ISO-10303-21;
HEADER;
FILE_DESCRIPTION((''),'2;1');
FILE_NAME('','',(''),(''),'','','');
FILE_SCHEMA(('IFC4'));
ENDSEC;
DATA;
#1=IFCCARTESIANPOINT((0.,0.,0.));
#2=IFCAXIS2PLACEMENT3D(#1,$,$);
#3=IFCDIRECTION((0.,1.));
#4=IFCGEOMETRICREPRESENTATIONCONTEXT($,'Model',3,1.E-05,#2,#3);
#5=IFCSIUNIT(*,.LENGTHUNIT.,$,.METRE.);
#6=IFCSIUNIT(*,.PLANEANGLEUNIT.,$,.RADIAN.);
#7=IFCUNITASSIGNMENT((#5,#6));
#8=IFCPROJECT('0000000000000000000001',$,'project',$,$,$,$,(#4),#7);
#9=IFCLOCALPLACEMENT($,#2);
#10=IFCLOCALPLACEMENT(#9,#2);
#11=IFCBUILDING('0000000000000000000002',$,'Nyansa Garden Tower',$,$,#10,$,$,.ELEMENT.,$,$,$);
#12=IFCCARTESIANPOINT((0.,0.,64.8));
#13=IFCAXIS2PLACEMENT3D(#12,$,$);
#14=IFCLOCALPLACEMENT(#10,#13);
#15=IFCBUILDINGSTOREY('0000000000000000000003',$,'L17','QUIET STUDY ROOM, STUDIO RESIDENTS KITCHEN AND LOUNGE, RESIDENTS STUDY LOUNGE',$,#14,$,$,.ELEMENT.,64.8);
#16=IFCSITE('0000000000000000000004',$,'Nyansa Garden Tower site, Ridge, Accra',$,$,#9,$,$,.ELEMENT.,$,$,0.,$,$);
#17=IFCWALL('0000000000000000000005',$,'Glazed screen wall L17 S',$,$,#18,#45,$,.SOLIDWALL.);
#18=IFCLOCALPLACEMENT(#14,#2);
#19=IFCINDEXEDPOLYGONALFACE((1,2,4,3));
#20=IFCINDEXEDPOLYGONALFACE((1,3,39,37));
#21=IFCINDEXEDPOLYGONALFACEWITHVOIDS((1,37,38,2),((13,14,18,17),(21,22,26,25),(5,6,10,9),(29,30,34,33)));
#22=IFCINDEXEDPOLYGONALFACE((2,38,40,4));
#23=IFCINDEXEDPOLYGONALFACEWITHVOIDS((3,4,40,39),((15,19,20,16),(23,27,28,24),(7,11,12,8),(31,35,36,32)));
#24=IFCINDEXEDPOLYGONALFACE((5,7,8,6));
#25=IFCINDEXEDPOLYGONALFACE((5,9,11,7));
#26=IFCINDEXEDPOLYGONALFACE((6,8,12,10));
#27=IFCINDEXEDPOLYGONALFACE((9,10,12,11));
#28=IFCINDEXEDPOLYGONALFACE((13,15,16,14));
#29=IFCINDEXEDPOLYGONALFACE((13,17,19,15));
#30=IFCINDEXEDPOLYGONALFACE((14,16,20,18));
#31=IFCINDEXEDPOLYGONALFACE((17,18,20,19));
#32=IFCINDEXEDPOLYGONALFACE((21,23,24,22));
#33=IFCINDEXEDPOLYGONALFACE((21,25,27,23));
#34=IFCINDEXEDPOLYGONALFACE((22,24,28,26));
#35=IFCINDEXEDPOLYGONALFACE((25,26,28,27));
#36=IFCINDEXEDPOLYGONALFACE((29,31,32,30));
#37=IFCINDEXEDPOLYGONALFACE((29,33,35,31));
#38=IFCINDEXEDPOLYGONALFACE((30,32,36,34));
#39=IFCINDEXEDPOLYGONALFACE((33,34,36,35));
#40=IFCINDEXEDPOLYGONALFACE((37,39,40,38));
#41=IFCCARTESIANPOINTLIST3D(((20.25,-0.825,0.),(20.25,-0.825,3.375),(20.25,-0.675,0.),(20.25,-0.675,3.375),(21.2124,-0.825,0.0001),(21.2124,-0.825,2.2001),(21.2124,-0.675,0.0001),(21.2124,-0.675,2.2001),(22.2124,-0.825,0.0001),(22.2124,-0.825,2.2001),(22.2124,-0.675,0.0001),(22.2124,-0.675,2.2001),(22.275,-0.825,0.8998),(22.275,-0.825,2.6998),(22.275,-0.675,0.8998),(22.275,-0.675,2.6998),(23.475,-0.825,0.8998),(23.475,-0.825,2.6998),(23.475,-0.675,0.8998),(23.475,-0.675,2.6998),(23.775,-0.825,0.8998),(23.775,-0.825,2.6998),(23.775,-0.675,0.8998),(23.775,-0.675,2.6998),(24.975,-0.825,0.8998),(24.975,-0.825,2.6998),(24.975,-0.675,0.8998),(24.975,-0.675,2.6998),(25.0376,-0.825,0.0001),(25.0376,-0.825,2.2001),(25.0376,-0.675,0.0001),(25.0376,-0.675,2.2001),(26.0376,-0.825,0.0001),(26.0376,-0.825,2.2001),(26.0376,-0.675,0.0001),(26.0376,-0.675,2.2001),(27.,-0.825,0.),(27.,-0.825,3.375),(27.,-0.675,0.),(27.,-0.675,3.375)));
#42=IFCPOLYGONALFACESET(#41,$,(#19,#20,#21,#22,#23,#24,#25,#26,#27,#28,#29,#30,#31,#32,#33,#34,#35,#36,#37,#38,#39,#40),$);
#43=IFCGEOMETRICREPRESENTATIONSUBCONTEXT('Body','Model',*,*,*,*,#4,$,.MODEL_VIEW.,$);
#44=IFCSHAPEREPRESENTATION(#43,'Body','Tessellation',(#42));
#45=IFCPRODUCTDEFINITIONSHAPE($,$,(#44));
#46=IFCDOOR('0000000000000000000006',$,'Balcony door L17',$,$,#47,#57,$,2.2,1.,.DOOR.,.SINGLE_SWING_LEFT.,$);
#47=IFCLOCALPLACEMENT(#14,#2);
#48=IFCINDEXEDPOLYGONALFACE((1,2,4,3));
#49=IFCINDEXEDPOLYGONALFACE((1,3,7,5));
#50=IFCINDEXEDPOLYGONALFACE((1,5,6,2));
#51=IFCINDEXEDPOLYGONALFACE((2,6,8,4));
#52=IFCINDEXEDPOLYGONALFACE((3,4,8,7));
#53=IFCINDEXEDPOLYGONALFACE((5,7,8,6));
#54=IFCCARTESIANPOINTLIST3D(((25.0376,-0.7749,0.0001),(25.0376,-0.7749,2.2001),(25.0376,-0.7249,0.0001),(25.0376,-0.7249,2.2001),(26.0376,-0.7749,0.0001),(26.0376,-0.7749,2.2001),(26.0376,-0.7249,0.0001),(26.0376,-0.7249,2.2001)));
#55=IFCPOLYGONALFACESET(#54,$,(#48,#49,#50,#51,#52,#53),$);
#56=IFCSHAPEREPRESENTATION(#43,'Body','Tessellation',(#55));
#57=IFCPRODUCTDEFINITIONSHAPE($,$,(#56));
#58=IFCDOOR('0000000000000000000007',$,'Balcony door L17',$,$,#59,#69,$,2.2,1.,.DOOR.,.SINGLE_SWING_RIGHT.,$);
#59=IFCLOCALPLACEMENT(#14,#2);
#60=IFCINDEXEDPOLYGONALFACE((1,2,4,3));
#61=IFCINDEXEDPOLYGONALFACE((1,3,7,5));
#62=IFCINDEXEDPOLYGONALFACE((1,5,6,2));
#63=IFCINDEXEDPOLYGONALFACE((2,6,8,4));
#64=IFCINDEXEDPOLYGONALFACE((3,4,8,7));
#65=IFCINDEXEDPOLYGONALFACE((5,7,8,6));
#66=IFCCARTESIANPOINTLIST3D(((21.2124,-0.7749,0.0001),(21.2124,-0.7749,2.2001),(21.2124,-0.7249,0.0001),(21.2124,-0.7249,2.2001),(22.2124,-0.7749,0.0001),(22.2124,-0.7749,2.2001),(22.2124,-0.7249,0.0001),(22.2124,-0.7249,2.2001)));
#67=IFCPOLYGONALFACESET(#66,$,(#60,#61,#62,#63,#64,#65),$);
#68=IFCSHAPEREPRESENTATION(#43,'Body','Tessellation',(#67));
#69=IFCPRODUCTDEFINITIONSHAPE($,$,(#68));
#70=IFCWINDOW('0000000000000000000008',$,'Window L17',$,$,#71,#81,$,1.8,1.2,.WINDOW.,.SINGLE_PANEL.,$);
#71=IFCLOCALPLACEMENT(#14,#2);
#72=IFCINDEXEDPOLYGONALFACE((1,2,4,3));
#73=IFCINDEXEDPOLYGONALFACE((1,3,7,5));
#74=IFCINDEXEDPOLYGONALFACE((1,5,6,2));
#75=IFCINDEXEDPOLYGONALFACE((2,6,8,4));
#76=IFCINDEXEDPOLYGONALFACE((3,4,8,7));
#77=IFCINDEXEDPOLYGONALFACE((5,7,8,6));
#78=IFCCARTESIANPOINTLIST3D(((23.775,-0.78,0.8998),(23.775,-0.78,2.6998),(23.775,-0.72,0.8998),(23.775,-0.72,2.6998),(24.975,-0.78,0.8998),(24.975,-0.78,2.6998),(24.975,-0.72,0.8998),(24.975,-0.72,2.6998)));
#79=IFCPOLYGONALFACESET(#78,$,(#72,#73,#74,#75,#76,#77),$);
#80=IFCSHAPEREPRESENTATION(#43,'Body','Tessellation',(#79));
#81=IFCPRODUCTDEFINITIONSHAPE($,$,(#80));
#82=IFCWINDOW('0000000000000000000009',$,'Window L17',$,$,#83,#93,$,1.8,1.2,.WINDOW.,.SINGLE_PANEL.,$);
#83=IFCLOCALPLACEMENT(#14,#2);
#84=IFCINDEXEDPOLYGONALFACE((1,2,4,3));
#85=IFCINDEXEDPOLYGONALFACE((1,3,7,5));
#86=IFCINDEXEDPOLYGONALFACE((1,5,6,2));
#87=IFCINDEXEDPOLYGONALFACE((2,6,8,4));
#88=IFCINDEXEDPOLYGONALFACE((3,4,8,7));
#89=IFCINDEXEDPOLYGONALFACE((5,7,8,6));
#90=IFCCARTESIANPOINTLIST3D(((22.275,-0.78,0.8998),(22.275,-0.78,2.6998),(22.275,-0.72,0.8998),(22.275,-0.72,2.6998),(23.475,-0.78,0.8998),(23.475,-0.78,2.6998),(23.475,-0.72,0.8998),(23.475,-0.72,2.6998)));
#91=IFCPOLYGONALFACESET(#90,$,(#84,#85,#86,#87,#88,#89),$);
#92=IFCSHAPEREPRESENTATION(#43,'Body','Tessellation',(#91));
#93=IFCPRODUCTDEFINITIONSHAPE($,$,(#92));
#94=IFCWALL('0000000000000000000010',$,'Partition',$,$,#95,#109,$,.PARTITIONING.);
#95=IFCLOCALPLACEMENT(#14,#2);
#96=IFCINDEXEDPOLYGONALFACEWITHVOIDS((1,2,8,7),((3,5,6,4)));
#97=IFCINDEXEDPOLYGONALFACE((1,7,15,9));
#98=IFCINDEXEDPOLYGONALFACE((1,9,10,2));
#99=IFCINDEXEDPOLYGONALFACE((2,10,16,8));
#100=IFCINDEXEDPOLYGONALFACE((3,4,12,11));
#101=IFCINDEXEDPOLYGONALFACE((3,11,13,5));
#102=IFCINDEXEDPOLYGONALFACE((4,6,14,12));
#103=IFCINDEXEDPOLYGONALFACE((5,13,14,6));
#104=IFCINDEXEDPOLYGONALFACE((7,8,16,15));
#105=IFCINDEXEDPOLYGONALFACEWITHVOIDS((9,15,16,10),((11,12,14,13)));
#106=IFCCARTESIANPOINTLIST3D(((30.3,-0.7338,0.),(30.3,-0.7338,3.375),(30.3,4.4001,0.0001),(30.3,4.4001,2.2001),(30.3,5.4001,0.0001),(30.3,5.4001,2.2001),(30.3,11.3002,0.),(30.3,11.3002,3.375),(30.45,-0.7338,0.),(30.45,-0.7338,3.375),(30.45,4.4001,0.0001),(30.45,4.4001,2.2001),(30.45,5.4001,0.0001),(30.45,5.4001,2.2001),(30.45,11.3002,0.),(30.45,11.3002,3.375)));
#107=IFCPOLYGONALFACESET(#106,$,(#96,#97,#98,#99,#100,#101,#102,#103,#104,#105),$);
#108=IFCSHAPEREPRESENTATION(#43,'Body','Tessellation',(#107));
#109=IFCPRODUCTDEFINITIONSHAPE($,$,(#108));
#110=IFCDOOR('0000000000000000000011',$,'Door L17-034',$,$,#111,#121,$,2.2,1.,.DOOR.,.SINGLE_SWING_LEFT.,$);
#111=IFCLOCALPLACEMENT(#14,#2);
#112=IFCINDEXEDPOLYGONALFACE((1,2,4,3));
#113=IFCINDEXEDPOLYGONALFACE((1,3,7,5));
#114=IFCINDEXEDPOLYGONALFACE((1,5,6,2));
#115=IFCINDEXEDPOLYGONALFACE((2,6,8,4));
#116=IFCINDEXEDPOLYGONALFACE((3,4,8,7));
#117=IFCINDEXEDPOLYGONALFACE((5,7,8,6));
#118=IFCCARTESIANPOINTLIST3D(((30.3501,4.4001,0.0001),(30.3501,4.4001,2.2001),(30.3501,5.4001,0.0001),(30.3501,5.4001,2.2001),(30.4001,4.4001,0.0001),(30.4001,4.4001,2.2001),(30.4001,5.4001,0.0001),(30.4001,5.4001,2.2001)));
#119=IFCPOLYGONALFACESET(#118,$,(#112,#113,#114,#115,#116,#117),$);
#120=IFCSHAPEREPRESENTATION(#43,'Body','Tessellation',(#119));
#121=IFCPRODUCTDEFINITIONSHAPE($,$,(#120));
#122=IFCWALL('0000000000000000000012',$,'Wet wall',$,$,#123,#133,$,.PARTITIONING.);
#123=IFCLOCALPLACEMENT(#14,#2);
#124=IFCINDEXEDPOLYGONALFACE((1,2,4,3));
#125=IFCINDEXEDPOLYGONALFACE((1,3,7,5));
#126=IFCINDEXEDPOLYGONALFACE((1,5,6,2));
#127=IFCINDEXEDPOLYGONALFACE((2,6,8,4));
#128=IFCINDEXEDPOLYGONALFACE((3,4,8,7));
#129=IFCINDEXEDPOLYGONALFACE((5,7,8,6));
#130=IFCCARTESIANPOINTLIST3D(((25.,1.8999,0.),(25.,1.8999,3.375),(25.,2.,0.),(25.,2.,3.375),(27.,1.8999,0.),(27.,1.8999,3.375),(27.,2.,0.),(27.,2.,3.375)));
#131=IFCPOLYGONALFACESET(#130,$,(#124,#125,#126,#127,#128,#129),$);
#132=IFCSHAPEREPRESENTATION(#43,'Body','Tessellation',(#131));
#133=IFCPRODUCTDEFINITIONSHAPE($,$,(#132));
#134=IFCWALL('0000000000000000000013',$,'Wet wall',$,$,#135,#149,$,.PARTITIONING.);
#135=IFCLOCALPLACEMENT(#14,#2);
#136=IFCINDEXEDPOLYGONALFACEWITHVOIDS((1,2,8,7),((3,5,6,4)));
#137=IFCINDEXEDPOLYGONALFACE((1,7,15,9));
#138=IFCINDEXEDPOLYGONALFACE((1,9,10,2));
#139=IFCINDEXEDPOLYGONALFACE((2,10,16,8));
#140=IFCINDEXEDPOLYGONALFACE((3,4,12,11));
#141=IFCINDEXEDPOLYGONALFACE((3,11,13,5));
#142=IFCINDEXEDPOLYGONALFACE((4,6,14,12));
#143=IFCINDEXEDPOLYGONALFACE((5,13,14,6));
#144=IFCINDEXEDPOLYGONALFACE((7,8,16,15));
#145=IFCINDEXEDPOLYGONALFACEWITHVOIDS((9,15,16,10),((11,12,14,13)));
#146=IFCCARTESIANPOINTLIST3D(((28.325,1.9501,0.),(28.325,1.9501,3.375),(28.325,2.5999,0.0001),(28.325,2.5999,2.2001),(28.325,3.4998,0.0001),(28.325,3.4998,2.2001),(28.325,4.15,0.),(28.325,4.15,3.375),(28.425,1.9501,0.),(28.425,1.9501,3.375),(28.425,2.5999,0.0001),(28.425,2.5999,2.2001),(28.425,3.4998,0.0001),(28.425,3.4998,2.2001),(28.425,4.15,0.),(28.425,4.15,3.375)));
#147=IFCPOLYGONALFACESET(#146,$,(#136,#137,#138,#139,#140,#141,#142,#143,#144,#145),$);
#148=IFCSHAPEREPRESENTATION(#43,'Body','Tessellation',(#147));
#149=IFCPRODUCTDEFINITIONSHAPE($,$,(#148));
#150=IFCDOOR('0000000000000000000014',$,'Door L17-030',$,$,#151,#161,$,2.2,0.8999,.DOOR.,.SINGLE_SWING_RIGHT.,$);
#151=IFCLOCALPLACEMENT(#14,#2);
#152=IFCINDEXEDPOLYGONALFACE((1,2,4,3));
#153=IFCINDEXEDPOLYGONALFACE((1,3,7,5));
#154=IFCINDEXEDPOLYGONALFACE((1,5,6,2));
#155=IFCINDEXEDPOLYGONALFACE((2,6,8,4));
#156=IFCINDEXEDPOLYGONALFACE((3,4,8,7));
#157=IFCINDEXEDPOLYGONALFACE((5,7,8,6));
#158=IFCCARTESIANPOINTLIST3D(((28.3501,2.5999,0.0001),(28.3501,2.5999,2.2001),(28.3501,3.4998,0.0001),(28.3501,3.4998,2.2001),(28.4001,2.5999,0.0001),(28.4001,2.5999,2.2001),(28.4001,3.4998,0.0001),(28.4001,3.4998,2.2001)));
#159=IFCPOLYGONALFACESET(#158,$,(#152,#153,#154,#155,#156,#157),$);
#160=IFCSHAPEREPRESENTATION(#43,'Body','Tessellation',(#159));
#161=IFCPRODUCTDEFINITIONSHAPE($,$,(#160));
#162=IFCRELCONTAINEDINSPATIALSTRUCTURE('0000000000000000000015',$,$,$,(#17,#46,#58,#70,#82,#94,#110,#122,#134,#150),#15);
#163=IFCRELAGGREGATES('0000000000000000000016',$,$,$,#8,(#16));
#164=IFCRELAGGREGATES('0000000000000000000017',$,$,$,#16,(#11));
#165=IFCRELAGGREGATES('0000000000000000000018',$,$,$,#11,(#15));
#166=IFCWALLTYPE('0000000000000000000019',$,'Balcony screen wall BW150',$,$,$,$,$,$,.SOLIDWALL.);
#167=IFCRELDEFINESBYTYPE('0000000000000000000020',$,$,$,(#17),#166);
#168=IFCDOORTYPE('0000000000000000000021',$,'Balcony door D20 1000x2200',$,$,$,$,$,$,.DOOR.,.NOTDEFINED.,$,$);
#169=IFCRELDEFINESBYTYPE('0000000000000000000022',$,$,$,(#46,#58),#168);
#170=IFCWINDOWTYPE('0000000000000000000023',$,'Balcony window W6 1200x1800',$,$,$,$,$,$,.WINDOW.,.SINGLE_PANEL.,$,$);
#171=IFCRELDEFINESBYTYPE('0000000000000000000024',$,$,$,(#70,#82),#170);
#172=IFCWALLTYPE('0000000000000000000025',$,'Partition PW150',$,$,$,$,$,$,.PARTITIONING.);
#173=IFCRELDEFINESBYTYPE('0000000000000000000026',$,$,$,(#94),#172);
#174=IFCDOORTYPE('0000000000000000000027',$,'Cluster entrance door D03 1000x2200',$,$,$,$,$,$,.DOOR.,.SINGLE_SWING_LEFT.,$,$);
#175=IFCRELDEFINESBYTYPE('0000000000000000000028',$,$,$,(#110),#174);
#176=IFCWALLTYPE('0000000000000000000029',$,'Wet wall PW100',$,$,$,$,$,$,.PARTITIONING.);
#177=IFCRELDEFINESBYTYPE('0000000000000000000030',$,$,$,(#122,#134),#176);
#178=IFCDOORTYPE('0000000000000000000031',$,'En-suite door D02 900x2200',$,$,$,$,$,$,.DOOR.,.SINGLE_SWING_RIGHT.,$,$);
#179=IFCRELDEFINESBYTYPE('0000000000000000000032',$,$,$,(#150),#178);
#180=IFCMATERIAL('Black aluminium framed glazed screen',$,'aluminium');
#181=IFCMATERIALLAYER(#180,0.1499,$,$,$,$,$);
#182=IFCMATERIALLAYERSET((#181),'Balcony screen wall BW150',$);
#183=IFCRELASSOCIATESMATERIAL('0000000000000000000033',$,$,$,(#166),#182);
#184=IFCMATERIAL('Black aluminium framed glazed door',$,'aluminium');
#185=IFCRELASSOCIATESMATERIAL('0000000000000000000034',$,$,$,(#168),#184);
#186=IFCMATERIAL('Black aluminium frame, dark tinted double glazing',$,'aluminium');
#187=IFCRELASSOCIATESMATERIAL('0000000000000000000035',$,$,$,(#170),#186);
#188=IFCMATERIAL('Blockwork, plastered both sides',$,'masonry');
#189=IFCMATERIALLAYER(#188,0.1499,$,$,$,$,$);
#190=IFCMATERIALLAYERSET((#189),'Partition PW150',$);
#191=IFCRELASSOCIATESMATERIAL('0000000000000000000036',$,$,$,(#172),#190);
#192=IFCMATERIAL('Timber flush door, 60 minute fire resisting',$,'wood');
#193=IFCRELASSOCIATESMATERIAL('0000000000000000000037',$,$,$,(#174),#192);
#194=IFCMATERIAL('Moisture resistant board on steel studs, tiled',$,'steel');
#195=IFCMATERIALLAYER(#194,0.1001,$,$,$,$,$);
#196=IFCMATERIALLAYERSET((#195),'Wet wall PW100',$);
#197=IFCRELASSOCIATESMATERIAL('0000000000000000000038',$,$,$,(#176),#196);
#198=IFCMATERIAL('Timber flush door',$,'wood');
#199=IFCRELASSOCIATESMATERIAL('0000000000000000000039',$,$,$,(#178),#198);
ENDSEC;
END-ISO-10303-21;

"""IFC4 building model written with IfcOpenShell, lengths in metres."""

from ifc_helpers import new_model, si_unit, direction, frame, frame_2d, origin, place, context, subcontext, project, spatial, rectangle, extrude, material, layer, layer_set, type_object, element, fill, save


model = new_model("IFC4")

# Units and contexts
model_context = context("Model", 3, precision=1e-05, world=origin(), true_north=direction((0.0, 1.0)))
body_context = subcontext(model_context, "Body", "Model", "MODEL_VIEW")
ifc_project = project(units=[si_unit("LENGTHUNIT", "METRE"), si_unit("PLANEANGLEUNIT", "RADIAN")], contexts=[model_context])

# Site, building, storey
site_placement = place(None, origin())
site = spatial("IfcSite", under=ifc_project, at=site_placement, Name="Nyansa Garden Tower site, Ridge, Accra", CompositionType="ELEMENT", RefElevation=0.0)
building_placement = place(site_placement, origin())
building = spatial("IfcBuilding", under=site, at=building_placement, Name="Nyansa Garden Tower", CompositionType="ELEMENT")
storey_placement = place(building_placement, frame((0.0, 0.0, 64.8)))
storey = spatial("IfcBuildingStorey", under=building, at=storey_placement, Name="L17", Description="QUIET STUDY ROOM, STUDIO RESIDENTS KITCHEN AND LOUNGE, RESIDENTS STUDY LOUNGE", CompositionType="ELEMENT", Elevation=64.8)

# Wall, openings, doors, windows
ifc_material_1 = material(Name="Black aluminium framed glazed screen", Category="aluminium")
ifc_layer_1 = layer(ifc_material_1, 0.1499)
ifc_layer_set_1 = layer_set([ifc_layer_1], Name="Balcony screen wall BW150")
wall_type_1 = type_object("IfcWallType", Name="Balcony screen wall BW150", PredefinedType="SOLIDWALL", material=ifc_layer_set_1)
wall_1_placement = place(storey_placement, frame((27.0, -0.75, 0.0), z_axis=(0.0, 0.0, 1.0), x_axis=(-1.0, 0.0, 0.0)))
wall_1 = element("IfcWall", 1, at=wall_1_placement, inside=storey, type_object=wall_type_1, Name="Glazed screen wall L17 S", PredefinedType="SOLIDWALL", context=body_context, shape_type="SweptSolid", body=[
    extrude(rectangle(XDim=6.75, YDim=0.1499, at=frame_2d((3.375, 0.0))), origin(), (0.0, 0.0, 1.0), 3.375),
])
opening_1_placement = place(wall_1_placement, frame((0.9624, 0.0, 0.0)))
opening_1 = element("IfcOpeningElement", 2, at=opening_1_placement, cuts=wall_1, PredefinedType="OPENING", context=body_context, shape_type="SweptSolid", body=[
    extrude(rectangle(XDim=1.0, YDim=2.2, at=frame_2d((0.5, 1.1001))), frame((0.0, 0.085, 0.0), z_axis=(0.0, -1.0, 0.0), x_axis=(1.0, 0.0, 0.0)), (0.0, 0.0, 1.0), 0.1699),
])
opening_2_placement = place(wall_1_placement, frame((2.0249, 0.0, 0.8999)))
opening_2 = element("IfcOpeningElement", 3, at=opening_2_placement, cuts=wall_1, PredefinedType="OPENING", context=body_context, shape_type="SweptSolid", body=[
    extrude(rectangle(XDim=1.2, YDim=1.8, at=frame_2d((0.6001, 0.8999))), frame((0.0, 0.085, 0.0), z_axis=(0.0, -1.0, 0.0), x_axis=(1.0, 0.0, 0.0)), (0.0, 0.0, 1.0), 0.1699),
])
opening_3_placement = place(wall_1_placement, frame((4.7876, 0.0, 0.0)))
opening_3 = element("IfcOpeningElement", 4, at=opening_3_placement, cuts=wall_1, PredefinedType="OPENING", context=body_context, shape_type="SweptSolid", body=[
    extrude(rectangle(XDim=1.0, YDim=2.2, at=frame_2d((0.5, 1.1001))), frame((0.0, 0.085, 0.0), z_axis=(0.0, -1.0, 0.0), x_axis=(1.0, 0.0, 0.0)), (0.0, 0.0, 1.0), 0.1699),
])
opening_4_placement = place(wall_1_placement, frame((3.5249, 0.0, 0.8999)))
opening_4 = element("IfcOpeningElement", 5, at=opening_4_placement, cuts=wall_1, PredefinedType="OPENING", context=body_context, shape_type="SweptSolid", body=[
    extrude(rectangle(XDim=1.2, YDim=1.8, at=frame_2d((0.6001, 0.8999))), frame((0.0, 0.085, 0.0), z_axis=(0.0, -1.0, 0.0), x_axis=(1.0, 0.0, 0.0)), (0.0, 0.0, 1.0), 0.1699),
])
ifc_material_2 = material(Name="Black aluminium framed glazed door", Category="aluminium")
door_type_1 = type_object("IfcDoorType", Name="Balcony door D20 1000x2200", OperationType="NOTDEFINED", PredefinedType="DOOR", material=ifc_material_2)
door_1_placement = place(opening_1_placement, origin())
door_1 = element("IfcDoor", 6, at=door_1_placement, inside=storey, type_object=door_type_1, Name="Balcony door L17", OperationType="SINGLE_SWING_LEFT", OverallHeight=2.2, OverallWidth=1.0, PredefinedType="DOOR", context=body_context, shape_type="SweptSolid", body=[
    extrude(rectangle(XDim=1.0, YDim=2.2, at=frame_2d((0.5, 1.1001))), frame((0.0, 0.0249, 0.0), z_axis=(0.0, -1.0, 0.0), x_axis=(1.0, 0.0, 0.0)), (0.0, 0.0, 1.0), 0.05),
])
fill(opening_1, door_1)
door_2_placement = place(opening_3_placement, origin())
door_2 = element("IfcDoor", 7, at=door_2_placement, inside=storey, type_object=door_type_1, Name="Balcony door L17", OperationType="SINGLE_SWING_RIGHT", OverallHeight=2.2, OverallWidth=1.0, PredefinedType="DOOR", context=body_context, shape_type="SweptSolid", body=[
    extrude(rectangle(XDim=1.0, YDim=2.2, at=frame_2d((0.5, 1.1001))), frame((0.0, 0.0249, 0.0), z_axis=(0.0, -1.0, 0.0), x_axis=(1.0, 0.0, 0.0)), (0.0, 0.0, 1.0), 0.05),
])
fill(opening_3, door_2)
ifc_material_3 = material(Name="Black aluminium frame, dark tinted double glazing", Category="aluminium")
window_type = type_object("IfcWindowType", Name="Balcony window W6 1200x1800", PartitioningType="SINGLE_PANEL", PredefinedType="WINDOW", material=ifc_material_3)
window_1_placement = place(opening_2_placement, origin())
window_1 = element("IfcWindow", 8, at=window_1_placement, inside=storey, type_object=window_type, Name="Window L17", OverallHeight=1.8, OverallWidth=1.2, PartitioningType="SINGLE_PANEL", PredefinedType="WINDOW", context=body_context, shape_type="SweptSolid", body=[
    extrude(rectangle(XDim=1.2, YDim=1.8, at=frame_2d((0.6001, 0.8999))), frame((0.0, 0.03, 0.0), z_axis=(0.0, -1.0, 0.0), x_axis=(1.0, 0.0, 0.0)), (0.0, 0.0, 1.0), 0.0601),
])
fill(opening_2, window_1)
window_2_placement = place(opening_4_placement, origin())
window_2 = element("IfcWindow", 9, at=window_2_placement, inside=storey, type_object=window_type, Name="Window L17", OverallHeight=1.8, OverallWidth=1.2, PartitioningType="SINGLE_PANEL", PredefinedType="WINDOW", context=body_context, shape_type="SweptSolid", body=[
    extrude(rectangle(XDim=1.2, YDim=1.8, at=frame_2d((0.6001, 0.8999))), frame((0.0, 0.03, 0.0), z_axis=(0.0, -1.0, 0.0), x_axis=(1.0, 0.0, 0.0)), (0.0, 0.0, 1.0), 0.0601),
])
fill(opening_4, window_2)

# Wall, opening, door
ifc_material_4 = material(Name="Blockwork, plastered both sides", Category="masonry")
ifc_layer_2 = layer(ifc_material_4, 0.1499)
ifc_layer_set_2 = layer_set([ifc_layer_2], Name="Partition PW150")
wall_type_2 = type_object("IfcWallType", Name="Partition PW150", PredefinedType="PARTITIONING", material=ifc_layer_set_2)
wall_2_placement = place(storey_placement, frame((30.375, -0.7339, 0.0), z_axis=(0.0, 0.0, 1.0), x_axis=(0.0, 1.0, 0.0)))
wall_2 = element("IfcWall", 10, at=wall_2_placement, inside=storey, type_object=wall_type_2, Name="Partition", PredefinedType="PARTITIONING", context=body_context, shape_type="SweptSolid", body=[
    extrude(rectangle(XDim=12.0339, YDim=0.1499, at=frame_2d((6.0171, 0.0))), origin(), (0.0, 0.0, 1.0), 3.375),
])
opening_5_placement = place(wall_2_placement, frame((5.134, 0.0, 0.0)))
opening_5 = element("IfcOpeningElement", 11, at=opening_5_placement, cuts=wall_2, PredefinedType="OPENING", context=body_context, shape_type="SweptSolid", body=[
    extrude(rectangle(XDim=1.0, YDim=2.2, at=frame_2d((0.5, 1.1001))), frame((0.0, 0.085, 0.0), z_axis=(0.0, -1.0, 0.0), x_axis=(1.0, 0.0, 0.0)), (0.0, 0.0, 1.0), 0.1699),
])
ifc_material_5 = material(Name="Timber flush door, 60 minute fire resisting", Category="wood")
door_type_2 = type_object("IfcDoorType", Name="Cluster entrance door D03 1000x2200", OperationType="SINGLE_SWING_LEFT", PredefinedType="DOOR", material=ifc_material_5)
door_3_placement = place(opening_5_placement, origin())
door_3 = element("IfcDoor", 12, at=door_3_placement, inside=storey, type_object=door_type_2, Name="Door L17-034", OperationType="SINGLE_SWING_LEFT", OverallHeight=2.2, OverallWidth=1.0, PredefinedType="DOOR", context=body_context, shape_type="SweptSolid", body=[
    extrude(rectangle(XDim=1.0, YDim=2.2, at=frame_2d((0.5, 1.1001))), frame((0.0, 0.0249, 0.0), z_axis=(0.0, -1.0, 0.0), x_axis=(1.0, 0.0, 0.0)), (0.0, 0.0, 1.0), 0.05),
])
fill(opening_5, door_3)

# Wall
ifc_material_6 = material(Name="Moisture resistant board on steel studs, tiled", Category="steel")
ifc_layer_3 = layer(ifc_material_6, 0.1001)
ifc_layer_set_3 = layer_set([ifc_layer_3], Name="Wet wall PW100")
wall_type_3 = type_object("IfcWallType", Name="Wet wall PW100", PredefinedType="PARTITIONING", material=ifc_layer_set_3)
wall_3_placement = place(storey_placement, frame((25.0, 1.95, 0.0), z_axis=(0.0, 0.0, 1.0), x_axis=(1.0, 0.0, 0.0)))
element("IfcWall", 13, at=wall_3_placement, inside=storey, type_object=wall_type_3, Name="Wet wall", PredefinedType="PARTITIONING", context=body_context, shape_type="SweptSolid", body=[
    extrude(rectangle(XDim=2.0, YDim=0.1001, at=frame_2d((1.0, 0.0))), origin(), (0.0, 0.0, 1.0), 3.375),
])

# Wall, opening, door
wall_4_placement = place(storey_placement, frame((28.375, 1.95, 0.0), z_axis=(0.0, 0.0, 1.0), x_axis=(0.0, 1.0, 0.0)))
wall_4 = element("IfcWall", 14, at=wall_4_placement, inside=storey, type_object=wall_type_3, Name="Wet wall", PredefinedType="PARTITIONING", context=body_context, shape_type="SweptSolid", body=[
    extrude(rectangle(XDim=2.2, YDim=0.1001, at=frame_2d((1.1001, 0.0))), origin(), (0.0, 0.0, 1.0), 3.375),
])
opening_6_placement = place(wall_4_placement, frame((0.6499, 0.0, 0.0)))
opening_6 = element("IfcOpeningElement", 15, at=opening_6_placement, cuts=wall_4, PredefinedType="OPENING", context=body_context, shape_type="SweptSolid", body=[
    extrude(rectangle(XDim=0.8999, YDim=2.2, at=frame_2d((0.45, 1.1001))), frame((0.0, 0.0601, 0.0), z_axis=(0.0, -1.0, 0.0), x_axis=(1.0, 0.0, 0.0)), (0.0, 0.0, 1.0), 0.1201),
])
ifc_material_7 = material(Name="Timber flush door", Category="wood")
door_type_3 = type_object("IfcDoorType", Name="En-suite door D02 900x2200", OperationType="SINGLE_SWING_RIGHT", PredefinedType="DOOR", material=ifc_material_7)
door_4_placement = place(opening_6_placement, origin())
door_4 = element("IfcDoor", 16, at=door_4_placement, inside=storey, type_object=door_type_3, Name="Door L17-030", OperationType="SINGLE_SWING_RIGHT", OverallHeight=2.2, OverallWidth=0.8999, PredefinedType="DOOR", context=body_context, shape_type="SweptSolid", body=[
    extrude(rectangle(XDim=0.8999, YDim=2.2, at=frame_2d((0.45, 1.1001))), frame((0.0, 0.0249, 0.0), z_axis=(0.0, -1.0, 0.0), x_axis=(1.0, 0.0, 0.0)), (0.0, 0.0, 1.0), 0.05),
])
fill(opening_6, door_4)

save(model, "model.ifc")
